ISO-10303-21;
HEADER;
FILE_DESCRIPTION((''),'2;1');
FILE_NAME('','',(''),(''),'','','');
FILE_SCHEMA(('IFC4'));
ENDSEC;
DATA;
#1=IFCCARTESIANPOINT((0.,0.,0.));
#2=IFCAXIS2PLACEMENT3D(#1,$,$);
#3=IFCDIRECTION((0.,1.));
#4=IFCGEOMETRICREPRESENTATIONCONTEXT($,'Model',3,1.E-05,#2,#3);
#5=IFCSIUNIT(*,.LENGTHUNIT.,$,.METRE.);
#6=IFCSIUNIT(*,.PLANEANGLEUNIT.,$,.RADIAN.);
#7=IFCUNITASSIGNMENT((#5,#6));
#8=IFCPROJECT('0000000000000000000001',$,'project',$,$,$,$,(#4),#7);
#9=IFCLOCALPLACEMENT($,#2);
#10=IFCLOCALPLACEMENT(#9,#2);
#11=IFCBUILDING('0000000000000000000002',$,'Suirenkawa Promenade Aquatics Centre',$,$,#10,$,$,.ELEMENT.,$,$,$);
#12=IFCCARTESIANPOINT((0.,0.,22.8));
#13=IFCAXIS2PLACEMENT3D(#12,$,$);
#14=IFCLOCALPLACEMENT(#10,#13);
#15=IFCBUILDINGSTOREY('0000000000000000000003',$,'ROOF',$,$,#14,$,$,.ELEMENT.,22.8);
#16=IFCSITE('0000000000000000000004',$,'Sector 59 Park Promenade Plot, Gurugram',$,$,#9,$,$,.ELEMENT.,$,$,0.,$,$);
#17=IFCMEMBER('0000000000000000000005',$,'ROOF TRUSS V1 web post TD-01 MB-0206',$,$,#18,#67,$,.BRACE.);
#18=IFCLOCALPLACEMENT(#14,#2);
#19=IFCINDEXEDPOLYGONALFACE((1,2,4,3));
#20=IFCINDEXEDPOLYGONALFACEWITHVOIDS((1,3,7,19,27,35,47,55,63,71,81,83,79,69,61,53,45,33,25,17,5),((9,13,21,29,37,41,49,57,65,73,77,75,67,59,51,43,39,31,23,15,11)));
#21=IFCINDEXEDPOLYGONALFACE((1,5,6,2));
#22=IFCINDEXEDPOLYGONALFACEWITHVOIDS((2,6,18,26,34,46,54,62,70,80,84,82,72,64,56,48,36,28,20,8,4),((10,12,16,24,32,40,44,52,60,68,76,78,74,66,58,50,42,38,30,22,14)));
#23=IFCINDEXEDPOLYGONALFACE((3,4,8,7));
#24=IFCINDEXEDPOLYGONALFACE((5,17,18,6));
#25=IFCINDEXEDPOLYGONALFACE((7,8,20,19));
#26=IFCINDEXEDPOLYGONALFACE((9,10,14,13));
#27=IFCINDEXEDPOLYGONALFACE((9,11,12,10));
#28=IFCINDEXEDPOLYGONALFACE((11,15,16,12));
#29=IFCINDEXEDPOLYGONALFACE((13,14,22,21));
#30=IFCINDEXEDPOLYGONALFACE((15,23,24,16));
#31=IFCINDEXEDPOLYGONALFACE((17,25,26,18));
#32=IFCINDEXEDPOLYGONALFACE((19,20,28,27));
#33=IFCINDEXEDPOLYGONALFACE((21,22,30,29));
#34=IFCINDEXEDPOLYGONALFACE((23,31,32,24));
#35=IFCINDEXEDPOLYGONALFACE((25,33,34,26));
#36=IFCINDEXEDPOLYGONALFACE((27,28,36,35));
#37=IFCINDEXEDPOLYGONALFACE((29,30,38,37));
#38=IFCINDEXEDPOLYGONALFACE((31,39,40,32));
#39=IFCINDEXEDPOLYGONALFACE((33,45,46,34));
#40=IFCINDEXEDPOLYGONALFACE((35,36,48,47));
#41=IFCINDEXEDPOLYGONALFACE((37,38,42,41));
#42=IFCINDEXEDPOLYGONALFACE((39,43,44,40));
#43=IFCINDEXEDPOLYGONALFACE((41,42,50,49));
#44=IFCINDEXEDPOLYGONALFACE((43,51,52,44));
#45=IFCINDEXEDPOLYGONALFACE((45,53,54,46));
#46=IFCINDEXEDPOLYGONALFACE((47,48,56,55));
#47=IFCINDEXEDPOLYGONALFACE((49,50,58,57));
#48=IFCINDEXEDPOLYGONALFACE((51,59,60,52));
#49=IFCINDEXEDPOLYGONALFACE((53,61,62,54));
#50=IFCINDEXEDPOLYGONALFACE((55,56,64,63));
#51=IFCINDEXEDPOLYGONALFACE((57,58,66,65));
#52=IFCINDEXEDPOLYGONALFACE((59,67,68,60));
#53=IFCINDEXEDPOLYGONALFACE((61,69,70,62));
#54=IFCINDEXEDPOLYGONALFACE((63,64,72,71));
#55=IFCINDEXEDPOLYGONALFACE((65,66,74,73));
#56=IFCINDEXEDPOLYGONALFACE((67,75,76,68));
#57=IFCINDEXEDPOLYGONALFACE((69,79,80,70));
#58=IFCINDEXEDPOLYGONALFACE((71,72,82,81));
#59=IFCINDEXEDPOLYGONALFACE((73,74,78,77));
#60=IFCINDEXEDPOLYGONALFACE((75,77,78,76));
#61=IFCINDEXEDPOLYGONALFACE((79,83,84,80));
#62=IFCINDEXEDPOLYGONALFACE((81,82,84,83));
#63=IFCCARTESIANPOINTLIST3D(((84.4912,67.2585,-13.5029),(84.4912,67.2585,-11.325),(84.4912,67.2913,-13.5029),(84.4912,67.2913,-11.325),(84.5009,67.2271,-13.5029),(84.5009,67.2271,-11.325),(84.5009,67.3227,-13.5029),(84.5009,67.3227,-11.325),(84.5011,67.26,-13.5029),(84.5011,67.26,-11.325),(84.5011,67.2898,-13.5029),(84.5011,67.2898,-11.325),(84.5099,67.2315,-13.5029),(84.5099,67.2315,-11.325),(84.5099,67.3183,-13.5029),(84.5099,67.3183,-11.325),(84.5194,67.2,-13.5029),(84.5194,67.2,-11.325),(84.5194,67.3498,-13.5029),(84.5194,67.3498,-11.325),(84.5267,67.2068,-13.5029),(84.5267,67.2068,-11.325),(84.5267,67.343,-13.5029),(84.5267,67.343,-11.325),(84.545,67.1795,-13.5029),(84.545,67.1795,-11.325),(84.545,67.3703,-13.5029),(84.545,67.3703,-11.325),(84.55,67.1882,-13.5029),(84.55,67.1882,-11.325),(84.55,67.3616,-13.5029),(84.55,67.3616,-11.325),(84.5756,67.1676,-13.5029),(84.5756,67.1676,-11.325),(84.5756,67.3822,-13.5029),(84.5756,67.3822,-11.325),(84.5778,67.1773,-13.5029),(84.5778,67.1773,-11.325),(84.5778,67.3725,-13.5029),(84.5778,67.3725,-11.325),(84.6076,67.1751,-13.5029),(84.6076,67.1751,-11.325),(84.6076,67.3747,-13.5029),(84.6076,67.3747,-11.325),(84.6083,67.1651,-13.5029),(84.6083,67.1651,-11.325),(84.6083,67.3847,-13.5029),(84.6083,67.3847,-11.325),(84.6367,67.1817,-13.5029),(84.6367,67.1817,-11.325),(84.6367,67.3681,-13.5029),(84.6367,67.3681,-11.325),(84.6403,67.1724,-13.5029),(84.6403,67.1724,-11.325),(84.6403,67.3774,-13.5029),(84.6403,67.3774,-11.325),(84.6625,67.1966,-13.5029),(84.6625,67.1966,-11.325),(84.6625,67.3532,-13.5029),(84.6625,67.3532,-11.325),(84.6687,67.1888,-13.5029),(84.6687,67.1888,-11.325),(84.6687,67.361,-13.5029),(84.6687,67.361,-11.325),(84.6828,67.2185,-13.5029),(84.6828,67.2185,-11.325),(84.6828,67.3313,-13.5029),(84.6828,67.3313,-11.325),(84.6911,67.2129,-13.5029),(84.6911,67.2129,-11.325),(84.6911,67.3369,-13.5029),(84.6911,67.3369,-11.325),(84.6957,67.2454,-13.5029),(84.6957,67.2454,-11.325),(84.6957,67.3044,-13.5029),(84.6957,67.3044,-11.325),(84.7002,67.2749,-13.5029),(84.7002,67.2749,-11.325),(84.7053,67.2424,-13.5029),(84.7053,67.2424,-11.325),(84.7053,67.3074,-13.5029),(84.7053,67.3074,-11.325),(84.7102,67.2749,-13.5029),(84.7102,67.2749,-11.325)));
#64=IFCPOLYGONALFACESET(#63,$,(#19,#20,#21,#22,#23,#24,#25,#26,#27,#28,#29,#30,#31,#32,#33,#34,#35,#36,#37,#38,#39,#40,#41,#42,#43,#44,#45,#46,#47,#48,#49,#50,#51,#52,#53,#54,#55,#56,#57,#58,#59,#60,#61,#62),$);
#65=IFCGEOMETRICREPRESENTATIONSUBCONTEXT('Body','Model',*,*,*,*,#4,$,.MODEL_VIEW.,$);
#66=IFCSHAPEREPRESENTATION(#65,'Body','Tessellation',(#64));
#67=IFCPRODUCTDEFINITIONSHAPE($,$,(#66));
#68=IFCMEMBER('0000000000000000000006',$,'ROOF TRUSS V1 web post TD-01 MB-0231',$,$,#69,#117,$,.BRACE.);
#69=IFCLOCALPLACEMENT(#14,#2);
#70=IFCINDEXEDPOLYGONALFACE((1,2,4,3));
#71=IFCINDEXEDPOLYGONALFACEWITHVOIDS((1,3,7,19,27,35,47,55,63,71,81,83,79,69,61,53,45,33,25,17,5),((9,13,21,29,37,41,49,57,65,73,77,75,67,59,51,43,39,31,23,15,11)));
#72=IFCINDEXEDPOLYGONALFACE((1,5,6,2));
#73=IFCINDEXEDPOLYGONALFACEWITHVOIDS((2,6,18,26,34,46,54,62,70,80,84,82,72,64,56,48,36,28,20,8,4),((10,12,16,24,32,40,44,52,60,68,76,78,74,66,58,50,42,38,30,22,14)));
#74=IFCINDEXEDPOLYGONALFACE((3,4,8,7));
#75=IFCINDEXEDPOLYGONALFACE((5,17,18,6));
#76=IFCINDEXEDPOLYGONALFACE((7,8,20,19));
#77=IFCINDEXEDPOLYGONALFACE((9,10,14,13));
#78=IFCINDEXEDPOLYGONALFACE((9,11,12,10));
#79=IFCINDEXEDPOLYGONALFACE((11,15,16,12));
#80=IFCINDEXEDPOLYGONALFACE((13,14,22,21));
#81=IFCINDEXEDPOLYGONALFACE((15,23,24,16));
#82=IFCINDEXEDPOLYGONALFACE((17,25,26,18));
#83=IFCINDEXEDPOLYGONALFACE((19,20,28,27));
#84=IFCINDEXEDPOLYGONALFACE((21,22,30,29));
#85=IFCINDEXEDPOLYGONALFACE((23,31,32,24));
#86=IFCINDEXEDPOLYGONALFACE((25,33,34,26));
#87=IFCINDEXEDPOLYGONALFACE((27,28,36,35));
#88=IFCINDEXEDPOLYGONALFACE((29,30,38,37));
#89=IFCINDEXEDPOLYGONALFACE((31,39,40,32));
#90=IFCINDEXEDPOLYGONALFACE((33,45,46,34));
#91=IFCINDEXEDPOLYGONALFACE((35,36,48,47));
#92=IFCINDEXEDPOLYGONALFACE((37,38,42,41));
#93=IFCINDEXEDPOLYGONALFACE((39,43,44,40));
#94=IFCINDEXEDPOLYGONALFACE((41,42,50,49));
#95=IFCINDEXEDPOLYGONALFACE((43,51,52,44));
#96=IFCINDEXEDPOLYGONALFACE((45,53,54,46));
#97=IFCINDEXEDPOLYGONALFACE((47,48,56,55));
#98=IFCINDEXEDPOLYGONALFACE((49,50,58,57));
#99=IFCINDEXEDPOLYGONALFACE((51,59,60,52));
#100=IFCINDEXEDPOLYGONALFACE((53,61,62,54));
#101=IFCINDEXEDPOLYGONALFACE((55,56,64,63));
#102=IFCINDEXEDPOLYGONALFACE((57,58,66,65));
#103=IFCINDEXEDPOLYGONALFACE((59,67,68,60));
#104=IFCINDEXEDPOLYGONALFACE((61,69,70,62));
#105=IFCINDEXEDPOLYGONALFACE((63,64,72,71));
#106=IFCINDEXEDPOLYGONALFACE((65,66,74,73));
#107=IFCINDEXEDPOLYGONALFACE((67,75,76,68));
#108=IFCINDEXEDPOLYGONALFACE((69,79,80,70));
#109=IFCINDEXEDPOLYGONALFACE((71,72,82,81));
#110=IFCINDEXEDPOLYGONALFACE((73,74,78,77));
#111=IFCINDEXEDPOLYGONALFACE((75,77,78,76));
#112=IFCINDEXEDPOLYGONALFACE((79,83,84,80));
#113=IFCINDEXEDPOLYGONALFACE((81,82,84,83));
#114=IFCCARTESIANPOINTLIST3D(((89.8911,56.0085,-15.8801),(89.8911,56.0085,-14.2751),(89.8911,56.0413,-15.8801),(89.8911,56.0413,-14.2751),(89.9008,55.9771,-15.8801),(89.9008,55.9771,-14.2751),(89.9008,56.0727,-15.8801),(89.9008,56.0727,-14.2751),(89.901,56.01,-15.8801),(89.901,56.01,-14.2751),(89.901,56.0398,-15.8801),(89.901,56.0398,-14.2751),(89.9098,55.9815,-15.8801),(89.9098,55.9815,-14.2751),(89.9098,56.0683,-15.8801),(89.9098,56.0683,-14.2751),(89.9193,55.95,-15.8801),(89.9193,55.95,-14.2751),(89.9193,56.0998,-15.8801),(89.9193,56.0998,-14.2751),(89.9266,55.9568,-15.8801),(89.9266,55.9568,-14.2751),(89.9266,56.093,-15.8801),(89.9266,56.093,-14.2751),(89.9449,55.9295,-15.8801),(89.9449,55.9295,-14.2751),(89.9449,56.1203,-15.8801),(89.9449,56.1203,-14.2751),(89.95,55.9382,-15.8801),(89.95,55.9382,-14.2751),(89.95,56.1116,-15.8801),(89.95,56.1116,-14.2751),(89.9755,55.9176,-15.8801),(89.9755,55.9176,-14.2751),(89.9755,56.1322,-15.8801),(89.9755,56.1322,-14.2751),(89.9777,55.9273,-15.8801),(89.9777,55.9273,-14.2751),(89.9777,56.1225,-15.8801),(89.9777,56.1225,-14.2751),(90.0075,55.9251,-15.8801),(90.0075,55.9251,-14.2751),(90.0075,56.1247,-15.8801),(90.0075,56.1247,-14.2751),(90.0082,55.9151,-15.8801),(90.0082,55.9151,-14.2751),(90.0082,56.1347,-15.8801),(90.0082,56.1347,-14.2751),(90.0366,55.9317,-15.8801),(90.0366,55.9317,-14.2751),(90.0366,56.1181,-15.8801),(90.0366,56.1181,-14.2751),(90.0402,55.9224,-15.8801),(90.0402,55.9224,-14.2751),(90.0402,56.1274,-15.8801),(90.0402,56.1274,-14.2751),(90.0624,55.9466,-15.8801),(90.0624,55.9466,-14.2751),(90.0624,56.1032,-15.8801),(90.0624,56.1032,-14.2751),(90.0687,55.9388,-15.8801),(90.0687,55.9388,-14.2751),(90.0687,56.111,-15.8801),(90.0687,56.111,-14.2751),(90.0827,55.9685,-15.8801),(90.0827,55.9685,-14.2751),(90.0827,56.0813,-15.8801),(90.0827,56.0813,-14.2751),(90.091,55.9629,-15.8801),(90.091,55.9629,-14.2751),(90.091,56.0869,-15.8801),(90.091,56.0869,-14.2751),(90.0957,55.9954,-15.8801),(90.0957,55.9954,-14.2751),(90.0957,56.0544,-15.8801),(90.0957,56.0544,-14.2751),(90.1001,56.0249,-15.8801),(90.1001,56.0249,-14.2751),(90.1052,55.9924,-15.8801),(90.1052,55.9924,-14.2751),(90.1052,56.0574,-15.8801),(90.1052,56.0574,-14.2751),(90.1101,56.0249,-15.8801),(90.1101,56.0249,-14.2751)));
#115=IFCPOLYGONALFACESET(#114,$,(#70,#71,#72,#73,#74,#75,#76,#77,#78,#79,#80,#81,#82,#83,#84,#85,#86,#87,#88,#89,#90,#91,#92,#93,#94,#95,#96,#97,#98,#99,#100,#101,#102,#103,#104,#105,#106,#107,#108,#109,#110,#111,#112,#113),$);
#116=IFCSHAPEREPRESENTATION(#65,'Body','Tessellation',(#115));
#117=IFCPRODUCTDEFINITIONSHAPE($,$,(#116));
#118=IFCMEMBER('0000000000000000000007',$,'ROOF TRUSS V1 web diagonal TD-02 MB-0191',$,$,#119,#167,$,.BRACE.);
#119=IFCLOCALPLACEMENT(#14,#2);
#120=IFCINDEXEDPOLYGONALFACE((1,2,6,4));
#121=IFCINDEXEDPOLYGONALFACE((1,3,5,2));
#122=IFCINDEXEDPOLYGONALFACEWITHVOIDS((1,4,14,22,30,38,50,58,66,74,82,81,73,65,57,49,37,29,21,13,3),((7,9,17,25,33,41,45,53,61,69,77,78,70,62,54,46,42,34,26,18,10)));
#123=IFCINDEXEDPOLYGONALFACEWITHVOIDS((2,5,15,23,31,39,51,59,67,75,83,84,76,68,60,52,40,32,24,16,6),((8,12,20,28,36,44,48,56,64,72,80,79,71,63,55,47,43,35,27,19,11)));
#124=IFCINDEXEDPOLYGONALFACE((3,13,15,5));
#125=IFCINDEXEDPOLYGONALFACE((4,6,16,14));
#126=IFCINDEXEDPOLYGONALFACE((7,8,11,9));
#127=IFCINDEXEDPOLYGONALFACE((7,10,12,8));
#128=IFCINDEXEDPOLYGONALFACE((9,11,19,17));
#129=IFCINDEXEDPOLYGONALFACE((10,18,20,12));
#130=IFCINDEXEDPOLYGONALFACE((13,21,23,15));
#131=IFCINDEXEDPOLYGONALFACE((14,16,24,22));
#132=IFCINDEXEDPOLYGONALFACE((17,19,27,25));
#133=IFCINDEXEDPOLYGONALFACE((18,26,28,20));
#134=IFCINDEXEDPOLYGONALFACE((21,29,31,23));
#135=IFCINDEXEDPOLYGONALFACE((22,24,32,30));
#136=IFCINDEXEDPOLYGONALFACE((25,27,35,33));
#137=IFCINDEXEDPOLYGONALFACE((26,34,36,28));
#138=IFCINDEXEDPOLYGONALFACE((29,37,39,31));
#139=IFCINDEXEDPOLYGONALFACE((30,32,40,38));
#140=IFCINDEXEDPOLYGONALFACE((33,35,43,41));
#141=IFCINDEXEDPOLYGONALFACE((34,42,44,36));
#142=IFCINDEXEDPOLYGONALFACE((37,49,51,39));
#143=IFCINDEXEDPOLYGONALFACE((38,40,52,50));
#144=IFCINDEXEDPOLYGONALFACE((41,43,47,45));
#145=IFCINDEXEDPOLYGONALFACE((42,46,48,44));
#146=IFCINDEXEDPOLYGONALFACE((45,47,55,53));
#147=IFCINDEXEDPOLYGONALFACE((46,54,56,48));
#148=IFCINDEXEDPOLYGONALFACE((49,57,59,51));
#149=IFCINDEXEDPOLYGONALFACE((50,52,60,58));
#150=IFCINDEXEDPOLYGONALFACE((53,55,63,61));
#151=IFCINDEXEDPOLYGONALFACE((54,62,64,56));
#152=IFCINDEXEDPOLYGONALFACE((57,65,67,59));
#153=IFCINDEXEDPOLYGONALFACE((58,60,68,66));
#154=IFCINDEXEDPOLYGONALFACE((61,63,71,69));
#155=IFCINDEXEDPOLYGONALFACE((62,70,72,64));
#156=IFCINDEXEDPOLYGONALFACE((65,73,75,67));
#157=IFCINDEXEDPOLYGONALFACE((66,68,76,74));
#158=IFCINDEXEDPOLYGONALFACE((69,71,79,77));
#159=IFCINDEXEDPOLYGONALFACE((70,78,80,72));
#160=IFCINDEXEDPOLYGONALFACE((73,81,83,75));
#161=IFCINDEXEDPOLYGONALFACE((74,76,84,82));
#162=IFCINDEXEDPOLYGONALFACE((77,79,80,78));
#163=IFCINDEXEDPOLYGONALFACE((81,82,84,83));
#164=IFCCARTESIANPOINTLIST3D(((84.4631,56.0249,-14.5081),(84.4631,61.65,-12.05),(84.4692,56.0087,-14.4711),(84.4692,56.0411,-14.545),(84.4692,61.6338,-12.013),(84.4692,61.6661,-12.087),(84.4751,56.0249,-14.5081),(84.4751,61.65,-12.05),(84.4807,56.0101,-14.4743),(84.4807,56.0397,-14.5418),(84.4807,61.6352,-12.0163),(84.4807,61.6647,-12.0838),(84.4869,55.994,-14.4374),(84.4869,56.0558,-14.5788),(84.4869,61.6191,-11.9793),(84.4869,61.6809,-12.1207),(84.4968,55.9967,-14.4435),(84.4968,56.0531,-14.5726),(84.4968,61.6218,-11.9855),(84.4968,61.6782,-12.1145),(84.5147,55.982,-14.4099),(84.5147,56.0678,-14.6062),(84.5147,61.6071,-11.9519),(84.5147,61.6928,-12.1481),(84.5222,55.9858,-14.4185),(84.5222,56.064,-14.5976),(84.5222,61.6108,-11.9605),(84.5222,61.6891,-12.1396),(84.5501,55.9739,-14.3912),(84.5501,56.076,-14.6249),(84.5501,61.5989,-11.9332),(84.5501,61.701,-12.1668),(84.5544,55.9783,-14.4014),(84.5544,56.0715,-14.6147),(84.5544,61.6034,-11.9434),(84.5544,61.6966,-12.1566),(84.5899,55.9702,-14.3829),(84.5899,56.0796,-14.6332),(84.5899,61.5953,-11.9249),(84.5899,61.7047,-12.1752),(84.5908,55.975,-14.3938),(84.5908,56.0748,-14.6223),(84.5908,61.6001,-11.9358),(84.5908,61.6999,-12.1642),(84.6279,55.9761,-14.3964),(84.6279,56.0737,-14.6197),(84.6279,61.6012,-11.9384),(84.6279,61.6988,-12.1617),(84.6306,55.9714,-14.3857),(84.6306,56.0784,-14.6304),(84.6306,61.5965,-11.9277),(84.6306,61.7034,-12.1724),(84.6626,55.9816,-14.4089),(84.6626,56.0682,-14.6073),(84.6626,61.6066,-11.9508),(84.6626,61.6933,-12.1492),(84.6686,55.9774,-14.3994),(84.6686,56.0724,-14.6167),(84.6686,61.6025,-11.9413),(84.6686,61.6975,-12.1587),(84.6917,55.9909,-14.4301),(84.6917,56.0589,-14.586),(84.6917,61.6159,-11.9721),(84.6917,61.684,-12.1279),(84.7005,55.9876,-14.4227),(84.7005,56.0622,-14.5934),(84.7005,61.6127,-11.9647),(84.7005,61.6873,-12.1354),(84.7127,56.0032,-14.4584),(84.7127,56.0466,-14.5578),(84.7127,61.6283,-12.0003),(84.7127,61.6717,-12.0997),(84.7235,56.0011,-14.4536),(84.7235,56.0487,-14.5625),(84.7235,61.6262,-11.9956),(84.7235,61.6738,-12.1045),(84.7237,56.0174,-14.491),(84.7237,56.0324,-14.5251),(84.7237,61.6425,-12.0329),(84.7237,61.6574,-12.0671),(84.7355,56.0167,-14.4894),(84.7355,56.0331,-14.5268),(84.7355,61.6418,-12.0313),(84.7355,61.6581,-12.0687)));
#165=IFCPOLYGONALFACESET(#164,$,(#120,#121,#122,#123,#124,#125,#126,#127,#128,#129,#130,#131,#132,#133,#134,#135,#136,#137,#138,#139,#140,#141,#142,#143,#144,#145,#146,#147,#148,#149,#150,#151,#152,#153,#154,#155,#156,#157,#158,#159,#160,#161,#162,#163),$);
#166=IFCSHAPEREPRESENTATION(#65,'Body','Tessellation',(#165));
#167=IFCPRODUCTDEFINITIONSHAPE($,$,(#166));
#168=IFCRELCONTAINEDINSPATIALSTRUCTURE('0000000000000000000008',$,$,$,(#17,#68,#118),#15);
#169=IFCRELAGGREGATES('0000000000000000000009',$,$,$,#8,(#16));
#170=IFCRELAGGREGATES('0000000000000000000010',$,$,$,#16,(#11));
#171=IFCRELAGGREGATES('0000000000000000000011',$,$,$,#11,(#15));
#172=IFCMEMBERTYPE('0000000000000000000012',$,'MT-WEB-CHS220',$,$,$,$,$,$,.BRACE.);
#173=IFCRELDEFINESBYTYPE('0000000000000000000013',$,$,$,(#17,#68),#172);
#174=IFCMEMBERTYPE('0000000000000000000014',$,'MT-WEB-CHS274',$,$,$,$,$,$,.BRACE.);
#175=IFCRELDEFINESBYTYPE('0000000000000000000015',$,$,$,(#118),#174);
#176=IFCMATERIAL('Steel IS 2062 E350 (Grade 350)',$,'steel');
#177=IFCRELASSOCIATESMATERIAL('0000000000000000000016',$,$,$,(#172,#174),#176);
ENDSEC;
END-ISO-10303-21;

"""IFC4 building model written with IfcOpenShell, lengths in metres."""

from ifc_helpers import new_model, si_unit, direction, frame, origin, origin_2d, place, context, subcontext, project, spatial, hollow_circle, extrude, material, material_profile, profile_set, type_object, element, save


model = new_model("IFC4")

# Units and contexts
model_context = context("Model", 3, precision=1e-05, world=origin(), true_north=direction((0.0, 1.0)))
body_context = subcontext(model_context, "Body", "Model", "MODEL_VIEW")
ifc_project = project(units=[si_unit("LENGTHUNIT", "METRE"), si_unit("PLANEANGLEUNIT", "RADIAN")], contexts=[model_context])

# Site, building, storey
site_placement = place(None, origin())
site = spatial("IfcSite", under=ifc_project, at=site_placement, Name="Sector 59 Park Promenade Plot, Gurugram", CompositionType="ELEMENT", RefElevation=0.0)
building_placement = place(site_placement, origin())
building = spatial("IfcBuilding", under=site, at=building_placement, Name="Suirenkawa Promenade Aquatics Centre", CompositionType="ELEMENT")
storey_placement = place(building_placement, frame((0.0, 0.0, 22.8)))
storey = spatial("IfcBuildingStorey", under=building, at=storey_placement, Name="ROOF", CompositionType="ELEMENT", Elevation=22.8)

# Shared definitions
ifc_material = material(Name="Steel IS 2062 E350 (Grade 350)", Category="steel")

# Members
ifc_material_profile_1 = material_profile(ifc_material, hollow_circle(Radius=0.1101, WallThickness=0.01, at=origin_2d()), Name="CHS 220x10", Category="steel")
ifc_profile_set_1 = profile_set([ifc_material_profile_1], Name="Steel IS 2062 E350 (Grade 350)")
member_type_1 = type_object("IfcMemberType", Name="MT-WEB-CHS220", PredefinedType="BRACE", material=ifc_profile_set_1)
member_1_placement = place(storey_placement, frame((84.6001, 67.2749, -13.5029), z_axis=(0.0, 0.0, 1.0), x_axis=(1.0, 0.0, 0.0)))
element("IfcMember", 1, at=member_1_placement, inside=storey, type_object=member_type_1, Name="ROOF TRUSS V1 web post TD-01 MB-0206", PredefinedType="BRACE", context=body_context, shape_type="SweptSolid", body=[
    extrude(hollow_circle(Radius=0.1101, WallThickness=0.01, at=origin_2d()), origin(), (0.0, 0.0, 1.0), 2.178),
])
member_2_placement = place(storey_placement, frame((90.0, 56.0249, -15.8801), z_axis=(0.0, 0.0, 1.0), x_axis=(1.0, 0.0, 0.0)))
element("IfcMember", 2, at=member_2_placement, inside=storey, type_object=member_type_1, Name="ROOF TRUSS V1 web post TD-01 MB-0231", PredefinedType="BRACE", context=body_context, shape_type="SweptSolid", body=[
    extrude(hollow_circle(Radius=0.1101, WallThickness=0.01, at=origin_2d()), origin(), (0.0, 0.0, 1.0), 1.605),
])
ifc_material_profile_2 = material_profile(ifc_material, hollow_circle(Radius=0.137, WallThickness=0.012, at=origin_2d()), Name="CHS 274x12", Category="steel")
ifc_profile_set_2 = profile_set([ifc_material_profile_2], Name="Steel IS 2062 E350 (Grade 350)")
member_type_2 = type_object("IfcMemberType", Name="MT-WEB-CHS274", PredefinedType="BRACE", material=ifc_profile_set_2)
member_3_placement = place(storey_placement, frame((84.6001, 56.0249, -14.5081), z_axis=(0.0, 0.916333, 0.400418), x_axis=(-1.0, 0.0, 0.0)))
element("IfcMember", 3, at=member_3_placement, inside=storey, type_object=member_type_2, Name="ROOF TRUSS V1 web diagonal TD-02 MB-0191", PredefinedType="BRACE", context=body_context, shape_type="SweptSolid", body=[
    extrude(hollow_circle(Radius=0.137, WallThickness=0.012, at=origin_2d()), origin(), (0.0, 0.0, 1.0), 6.1387),
])

save(model, "model.ifc")
